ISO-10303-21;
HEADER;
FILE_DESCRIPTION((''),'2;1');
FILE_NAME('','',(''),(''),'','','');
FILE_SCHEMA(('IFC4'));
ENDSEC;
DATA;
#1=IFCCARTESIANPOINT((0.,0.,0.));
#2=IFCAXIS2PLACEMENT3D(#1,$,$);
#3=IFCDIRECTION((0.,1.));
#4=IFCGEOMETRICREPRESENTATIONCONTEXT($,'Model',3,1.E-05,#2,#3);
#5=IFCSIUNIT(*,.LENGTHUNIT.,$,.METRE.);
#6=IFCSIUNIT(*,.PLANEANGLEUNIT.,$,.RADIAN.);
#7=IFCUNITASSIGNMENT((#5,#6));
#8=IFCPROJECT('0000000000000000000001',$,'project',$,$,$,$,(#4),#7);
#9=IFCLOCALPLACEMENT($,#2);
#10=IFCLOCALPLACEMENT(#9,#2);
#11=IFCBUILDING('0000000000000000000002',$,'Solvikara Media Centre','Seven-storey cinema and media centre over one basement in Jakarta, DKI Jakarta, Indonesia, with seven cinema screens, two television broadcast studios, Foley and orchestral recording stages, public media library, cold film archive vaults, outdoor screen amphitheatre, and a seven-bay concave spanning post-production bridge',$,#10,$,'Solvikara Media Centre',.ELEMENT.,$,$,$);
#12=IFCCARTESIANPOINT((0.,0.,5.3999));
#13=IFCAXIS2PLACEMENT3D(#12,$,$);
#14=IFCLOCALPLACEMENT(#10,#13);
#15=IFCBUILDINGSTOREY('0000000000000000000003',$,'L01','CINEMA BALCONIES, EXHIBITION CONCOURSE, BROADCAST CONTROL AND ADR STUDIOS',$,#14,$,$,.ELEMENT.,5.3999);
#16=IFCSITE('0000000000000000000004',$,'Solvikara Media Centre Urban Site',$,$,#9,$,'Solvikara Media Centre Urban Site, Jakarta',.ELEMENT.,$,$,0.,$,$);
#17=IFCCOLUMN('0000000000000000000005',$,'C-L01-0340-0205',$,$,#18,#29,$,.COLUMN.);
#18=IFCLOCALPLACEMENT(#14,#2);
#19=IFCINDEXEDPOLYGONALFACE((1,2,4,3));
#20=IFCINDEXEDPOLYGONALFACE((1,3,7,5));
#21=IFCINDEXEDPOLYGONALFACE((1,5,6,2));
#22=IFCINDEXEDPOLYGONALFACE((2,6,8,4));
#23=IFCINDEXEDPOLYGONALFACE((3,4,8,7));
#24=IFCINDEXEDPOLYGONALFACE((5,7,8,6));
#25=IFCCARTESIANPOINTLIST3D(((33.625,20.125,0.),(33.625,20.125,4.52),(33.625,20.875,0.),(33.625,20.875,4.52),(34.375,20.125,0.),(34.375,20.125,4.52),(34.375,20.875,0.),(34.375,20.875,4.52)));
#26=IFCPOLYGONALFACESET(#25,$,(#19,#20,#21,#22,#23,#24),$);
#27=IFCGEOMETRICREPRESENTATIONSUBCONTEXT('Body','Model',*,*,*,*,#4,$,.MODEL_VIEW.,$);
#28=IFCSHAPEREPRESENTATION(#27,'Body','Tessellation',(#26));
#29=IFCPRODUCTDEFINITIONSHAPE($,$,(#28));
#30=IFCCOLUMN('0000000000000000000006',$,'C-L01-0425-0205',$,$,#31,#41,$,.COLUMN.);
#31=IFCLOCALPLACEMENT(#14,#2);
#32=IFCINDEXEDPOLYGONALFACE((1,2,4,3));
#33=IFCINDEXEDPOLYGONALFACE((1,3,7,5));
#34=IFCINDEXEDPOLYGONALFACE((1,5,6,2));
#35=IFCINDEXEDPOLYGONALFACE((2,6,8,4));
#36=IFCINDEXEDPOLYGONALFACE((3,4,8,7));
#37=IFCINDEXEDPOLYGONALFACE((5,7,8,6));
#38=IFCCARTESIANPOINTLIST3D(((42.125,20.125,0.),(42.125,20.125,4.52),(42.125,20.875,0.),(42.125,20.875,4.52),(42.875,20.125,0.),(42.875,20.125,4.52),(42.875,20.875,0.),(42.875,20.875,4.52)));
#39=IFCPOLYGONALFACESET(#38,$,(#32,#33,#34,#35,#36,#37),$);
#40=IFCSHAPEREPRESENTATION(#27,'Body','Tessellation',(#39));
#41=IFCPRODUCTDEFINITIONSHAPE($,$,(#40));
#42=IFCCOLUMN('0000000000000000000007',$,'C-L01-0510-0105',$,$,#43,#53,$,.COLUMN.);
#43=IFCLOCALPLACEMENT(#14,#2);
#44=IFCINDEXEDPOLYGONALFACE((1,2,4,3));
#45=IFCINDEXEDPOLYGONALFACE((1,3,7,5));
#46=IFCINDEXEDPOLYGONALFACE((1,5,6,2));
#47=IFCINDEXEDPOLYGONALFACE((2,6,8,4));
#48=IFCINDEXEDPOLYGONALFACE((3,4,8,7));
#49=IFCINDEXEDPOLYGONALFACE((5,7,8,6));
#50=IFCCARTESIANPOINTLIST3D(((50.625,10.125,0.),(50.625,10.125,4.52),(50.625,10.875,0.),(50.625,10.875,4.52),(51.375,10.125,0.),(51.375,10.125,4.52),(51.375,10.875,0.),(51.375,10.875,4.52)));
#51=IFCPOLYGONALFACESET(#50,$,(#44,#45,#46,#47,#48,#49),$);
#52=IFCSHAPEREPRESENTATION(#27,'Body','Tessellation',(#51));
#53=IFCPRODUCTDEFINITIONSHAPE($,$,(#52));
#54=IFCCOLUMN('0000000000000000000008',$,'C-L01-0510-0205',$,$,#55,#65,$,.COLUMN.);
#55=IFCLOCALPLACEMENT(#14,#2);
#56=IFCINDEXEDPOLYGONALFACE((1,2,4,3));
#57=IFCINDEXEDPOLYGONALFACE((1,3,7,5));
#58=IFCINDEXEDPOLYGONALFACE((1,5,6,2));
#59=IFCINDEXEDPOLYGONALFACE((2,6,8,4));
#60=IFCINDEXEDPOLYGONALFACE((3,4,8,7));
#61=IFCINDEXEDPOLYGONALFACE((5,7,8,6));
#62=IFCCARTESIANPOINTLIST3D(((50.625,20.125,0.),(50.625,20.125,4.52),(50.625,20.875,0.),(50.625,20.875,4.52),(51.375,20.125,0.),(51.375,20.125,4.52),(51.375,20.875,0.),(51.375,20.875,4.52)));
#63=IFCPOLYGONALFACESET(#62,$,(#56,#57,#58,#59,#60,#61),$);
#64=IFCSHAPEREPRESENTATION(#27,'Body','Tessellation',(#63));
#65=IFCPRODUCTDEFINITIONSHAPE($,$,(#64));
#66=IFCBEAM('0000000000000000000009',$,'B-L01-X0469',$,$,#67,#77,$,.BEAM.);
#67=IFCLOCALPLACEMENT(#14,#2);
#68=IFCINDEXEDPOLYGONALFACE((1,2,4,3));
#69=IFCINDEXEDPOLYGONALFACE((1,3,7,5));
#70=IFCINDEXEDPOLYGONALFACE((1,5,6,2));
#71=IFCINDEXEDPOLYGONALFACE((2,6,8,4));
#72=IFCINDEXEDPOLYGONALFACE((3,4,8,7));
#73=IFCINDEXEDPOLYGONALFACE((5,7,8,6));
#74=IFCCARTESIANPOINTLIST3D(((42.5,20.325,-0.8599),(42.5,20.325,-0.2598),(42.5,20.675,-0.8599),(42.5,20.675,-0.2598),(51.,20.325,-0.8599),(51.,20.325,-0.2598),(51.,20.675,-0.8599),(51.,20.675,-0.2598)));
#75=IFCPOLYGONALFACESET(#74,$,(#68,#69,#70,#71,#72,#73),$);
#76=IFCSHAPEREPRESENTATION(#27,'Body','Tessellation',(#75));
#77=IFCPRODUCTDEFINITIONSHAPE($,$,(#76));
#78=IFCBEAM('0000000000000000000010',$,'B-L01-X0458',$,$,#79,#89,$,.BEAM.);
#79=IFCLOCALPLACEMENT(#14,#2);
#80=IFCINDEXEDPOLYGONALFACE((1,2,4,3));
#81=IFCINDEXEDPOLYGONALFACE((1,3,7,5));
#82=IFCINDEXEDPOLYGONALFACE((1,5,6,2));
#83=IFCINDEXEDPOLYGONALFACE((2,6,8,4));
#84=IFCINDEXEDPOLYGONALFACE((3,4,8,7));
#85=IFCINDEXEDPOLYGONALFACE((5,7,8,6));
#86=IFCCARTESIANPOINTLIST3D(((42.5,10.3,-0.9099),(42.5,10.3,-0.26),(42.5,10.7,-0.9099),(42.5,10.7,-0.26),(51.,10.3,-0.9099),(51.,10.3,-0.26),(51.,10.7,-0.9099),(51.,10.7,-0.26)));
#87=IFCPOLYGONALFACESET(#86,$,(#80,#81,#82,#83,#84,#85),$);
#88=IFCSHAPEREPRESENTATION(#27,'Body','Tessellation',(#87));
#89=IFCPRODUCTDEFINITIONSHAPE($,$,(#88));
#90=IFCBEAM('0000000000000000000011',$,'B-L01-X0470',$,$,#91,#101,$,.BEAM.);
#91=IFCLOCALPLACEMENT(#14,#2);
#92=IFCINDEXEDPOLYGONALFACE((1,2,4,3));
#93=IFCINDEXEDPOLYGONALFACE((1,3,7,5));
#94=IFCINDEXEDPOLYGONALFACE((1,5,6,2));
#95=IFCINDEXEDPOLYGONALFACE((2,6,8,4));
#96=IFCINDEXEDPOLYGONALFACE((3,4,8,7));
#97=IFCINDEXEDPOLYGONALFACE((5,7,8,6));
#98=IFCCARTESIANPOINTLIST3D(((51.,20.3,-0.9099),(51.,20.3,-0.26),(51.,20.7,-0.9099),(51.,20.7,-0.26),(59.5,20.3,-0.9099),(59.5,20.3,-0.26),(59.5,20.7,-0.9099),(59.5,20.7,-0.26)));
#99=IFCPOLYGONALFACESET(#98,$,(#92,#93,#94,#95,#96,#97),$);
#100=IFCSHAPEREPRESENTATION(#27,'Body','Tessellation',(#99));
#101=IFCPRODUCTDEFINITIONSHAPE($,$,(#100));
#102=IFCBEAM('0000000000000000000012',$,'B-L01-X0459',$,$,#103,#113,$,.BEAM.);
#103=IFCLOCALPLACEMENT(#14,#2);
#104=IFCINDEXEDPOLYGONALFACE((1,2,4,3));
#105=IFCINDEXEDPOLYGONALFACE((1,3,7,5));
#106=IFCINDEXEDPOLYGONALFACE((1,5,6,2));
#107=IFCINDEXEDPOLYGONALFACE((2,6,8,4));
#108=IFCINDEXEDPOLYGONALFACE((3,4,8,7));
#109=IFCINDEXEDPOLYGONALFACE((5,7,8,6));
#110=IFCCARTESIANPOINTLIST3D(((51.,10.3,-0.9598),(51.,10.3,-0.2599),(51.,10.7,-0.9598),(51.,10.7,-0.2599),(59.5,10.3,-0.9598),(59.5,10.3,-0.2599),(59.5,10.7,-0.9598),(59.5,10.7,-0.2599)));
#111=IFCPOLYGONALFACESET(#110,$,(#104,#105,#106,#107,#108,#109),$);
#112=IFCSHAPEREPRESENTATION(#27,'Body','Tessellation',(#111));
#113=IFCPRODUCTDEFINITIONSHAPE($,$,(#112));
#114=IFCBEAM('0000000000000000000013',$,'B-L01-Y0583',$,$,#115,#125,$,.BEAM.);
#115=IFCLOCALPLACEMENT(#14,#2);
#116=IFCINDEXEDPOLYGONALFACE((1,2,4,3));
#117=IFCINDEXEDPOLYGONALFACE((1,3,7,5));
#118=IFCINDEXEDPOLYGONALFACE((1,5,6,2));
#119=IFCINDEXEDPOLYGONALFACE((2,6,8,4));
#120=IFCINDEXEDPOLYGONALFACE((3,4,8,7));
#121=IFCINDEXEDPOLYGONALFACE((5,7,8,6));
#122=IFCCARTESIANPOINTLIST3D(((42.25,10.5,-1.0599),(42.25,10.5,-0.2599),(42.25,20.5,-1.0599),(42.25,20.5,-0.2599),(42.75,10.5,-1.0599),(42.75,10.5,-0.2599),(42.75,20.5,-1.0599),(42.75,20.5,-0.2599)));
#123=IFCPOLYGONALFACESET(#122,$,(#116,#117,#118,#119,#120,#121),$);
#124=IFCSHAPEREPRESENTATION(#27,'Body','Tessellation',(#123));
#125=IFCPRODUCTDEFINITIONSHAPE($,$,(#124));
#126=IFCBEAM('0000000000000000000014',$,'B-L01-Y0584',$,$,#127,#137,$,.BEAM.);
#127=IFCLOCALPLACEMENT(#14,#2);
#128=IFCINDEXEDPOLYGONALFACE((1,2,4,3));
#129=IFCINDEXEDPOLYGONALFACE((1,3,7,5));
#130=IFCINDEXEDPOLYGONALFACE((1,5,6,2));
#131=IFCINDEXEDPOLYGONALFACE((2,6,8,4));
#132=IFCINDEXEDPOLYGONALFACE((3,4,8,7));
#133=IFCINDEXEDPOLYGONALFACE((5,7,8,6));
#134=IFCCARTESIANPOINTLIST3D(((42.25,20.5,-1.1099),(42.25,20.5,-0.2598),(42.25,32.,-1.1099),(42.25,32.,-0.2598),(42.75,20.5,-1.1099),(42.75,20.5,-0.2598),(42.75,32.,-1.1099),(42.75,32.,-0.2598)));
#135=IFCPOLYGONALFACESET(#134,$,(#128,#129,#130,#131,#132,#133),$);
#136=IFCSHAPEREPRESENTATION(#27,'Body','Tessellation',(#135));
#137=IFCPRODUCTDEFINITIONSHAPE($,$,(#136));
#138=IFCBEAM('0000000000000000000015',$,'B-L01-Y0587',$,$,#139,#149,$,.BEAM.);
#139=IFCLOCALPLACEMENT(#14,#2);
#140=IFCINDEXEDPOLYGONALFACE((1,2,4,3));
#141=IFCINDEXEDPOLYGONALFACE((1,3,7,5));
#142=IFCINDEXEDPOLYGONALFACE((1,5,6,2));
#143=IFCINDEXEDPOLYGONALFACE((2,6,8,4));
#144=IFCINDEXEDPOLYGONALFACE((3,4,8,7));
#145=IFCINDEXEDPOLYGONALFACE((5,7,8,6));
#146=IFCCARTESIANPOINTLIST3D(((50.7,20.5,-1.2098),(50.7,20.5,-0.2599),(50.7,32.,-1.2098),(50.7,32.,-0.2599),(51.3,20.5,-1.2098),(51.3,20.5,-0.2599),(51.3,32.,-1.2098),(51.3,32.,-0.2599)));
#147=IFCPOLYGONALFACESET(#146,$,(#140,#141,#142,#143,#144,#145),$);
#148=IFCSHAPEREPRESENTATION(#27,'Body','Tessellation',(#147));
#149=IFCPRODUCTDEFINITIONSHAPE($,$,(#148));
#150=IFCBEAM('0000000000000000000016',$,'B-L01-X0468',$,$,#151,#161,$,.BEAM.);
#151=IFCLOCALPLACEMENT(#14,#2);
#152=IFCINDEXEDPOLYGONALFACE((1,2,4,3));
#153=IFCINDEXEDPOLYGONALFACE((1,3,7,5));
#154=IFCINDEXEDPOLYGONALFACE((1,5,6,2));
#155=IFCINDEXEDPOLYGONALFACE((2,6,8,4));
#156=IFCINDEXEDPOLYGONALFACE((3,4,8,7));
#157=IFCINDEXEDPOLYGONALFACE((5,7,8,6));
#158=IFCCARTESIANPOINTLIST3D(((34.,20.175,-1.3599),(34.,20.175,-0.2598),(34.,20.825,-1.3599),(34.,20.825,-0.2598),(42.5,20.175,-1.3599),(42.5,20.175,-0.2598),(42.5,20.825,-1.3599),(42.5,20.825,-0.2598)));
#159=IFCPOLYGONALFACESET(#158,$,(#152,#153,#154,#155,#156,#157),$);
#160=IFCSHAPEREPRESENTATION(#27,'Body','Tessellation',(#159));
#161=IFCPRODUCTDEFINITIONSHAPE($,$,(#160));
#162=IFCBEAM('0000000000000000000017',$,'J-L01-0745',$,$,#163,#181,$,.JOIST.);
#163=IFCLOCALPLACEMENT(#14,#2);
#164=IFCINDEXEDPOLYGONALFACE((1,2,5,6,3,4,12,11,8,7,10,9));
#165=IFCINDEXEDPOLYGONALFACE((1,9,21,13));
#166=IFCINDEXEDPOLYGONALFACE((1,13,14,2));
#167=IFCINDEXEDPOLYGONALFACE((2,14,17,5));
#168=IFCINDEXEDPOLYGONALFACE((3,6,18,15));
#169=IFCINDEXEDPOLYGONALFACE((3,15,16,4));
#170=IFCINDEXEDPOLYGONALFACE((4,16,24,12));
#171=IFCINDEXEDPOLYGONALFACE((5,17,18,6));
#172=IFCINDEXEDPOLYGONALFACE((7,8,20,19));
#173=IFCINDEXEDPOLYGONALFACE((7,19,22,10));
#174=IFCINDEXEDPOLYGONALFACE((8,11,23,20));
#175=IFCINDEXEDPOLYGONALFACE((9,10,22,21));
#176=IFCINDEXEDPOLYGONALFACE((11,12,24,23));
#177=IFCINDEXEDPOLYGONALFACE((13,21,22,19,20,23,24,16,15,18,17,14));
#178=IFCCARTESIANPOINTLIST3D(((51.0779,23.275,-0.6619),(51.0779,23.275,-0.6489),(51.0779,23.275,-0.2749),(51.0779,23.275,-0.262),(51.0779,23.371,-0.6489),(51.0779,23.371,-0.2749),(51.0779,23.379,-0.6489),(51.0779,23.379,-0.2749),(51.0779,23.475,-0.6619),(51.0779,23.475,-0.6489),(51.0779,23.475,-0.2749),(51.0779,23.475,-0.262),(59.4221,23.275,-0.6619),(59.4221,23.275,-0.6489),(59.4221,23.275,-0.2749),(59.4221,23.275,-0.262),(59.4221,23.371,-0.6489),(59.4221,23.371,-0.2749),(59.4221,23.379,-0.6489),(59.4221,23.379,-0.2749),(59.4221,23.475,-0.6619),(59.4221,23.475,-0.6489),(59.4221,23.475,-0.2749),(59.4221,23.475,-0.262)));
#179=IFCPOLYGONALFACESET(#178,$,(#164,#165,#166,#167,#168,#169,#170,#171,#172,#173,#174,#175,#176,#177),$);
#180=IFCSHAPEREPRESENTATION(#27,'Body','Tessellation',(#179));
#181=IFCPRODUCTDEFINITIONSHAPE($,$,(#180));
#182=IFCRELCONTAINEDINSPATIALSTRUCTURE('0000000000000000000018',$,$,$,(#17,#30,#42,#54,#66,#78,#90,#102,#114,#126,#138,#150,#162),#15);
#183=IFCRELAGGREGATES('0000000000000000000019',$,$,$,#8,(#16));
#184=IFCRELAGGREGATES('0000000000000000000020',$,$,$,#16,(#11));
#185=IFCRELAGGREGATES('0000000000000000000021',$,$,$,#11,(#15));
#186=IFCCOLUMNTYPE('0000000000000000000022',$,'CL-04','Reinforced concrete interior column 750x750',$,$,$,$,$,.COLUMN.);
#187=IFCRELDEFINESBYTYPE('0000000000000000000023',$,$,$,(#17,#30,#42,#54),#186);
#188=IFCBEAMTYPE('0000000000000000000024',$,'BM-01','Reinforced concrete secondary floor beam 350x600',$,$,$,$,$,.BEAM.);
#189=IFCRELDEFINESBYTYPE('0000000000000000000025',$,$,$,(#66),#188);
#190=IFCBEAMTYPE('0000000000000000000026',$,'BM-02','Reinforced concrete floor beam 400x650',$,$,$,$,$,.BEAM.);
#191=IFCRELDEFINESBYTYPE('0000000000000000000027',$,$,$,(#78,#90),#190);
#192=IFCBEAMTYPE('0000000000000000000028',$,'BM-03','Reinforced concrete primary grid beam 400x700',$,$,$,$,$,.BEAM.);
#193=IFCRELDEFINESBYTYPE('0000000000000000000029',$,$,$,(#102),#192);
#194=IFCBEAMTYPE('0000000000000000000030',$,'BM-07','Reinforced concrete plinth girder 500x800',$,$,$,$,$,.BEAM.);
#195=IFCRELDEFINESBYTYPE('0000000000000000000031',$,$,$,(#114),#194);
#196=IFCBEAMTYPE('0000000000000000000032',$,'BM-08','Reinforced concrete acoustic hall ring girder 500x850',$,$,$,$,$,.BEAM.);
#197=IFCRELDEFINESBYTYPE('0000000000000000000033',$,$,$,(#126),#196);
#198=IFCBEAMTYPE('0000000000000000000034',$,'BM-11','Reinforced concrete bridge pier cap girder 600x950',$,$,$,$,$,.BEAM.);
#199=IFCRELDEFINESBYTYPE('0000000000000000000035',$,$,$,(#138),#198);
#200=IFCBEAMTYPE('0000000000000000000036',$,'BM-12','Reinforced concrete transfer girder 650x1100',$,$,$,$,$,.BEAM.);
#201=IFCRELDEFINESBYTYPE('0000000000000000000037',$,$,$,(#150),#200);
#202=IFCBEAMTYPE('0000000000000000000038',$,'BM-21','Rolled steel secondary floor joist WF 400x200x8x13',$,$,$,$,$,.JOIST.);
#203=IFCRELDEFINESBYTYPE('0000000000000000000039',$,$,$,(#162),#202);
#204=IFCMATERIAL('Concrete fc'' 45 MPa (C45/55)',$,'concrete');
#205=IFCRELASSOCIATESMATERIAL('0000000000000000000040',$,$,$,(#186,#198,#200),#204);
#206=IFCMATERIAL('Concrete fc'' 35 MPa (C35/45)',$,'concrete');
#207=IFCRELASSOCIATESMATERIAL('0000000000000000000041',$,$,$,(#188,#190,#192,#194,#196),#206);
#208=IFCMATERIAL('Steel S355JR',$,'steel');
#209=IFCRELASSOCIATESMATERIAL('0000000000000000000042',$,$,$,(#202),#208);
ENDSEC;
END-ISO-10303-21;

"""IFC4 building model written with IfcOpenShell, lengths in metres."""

from ifc_helpers import new_model, si_unit, direction, frame, origin, origin_2d, place, context, subcontext, project, spatial, rectangle, i_section, extrude, material, material_profile, profile_set, type_object, element, save


model = new_model("IFC4")

# Units and contexts
model_context = context("Model", 3, precision=1e-05, world=origin(), true_north=direction((0.0, 1.0)))
body_context = subcontext(model_context, "Body", "Model", "MODEL_VIEW")
ifc_project = project(units=[si_unit("LENGTHUNIT", "METRE"), si_unit("PLANEANGLEUNIT", "RADIAN")], contexts=[model_context])

# Site, building, storey
site_placement = place(None, origin())
site = spatial("IfcSite", under=ifc_project, at=site_placement, Name="Solvikara Media Centre Urban Site", LongName="Solvikara Media Centre Urban Site, Jakarta", CompositionType="ELEMENT", RefElevation=0.0)
building_placement = place(site_placement, origin())
building = spatial("IfcBuilding", under=site, at=building_placement, Name="Solvikara Media Centre", Description="Seven-storey cinema and media centre over one basement in Jakarta, DKI Jakarta, Indonesia, with seven cinema screens, two television broadcast studios, Foley and orchestral recording stages, public media library, cold film archive vaults, outdoor screen amphitheatre, and a seven-bay concave spanning post-production bridge", LongName="Solvikara Media Centre", CompositionType="ELEMENT")
storey_placement = place(building_placement, frame((0.0, 0.0, 5.3999)))
storey = spatial("IfcBuildingStorey", under=building, at=storey_placement, Name="L01", Description="CINEMA BALCONIES, EXHIBITION CONCOURSE, BROADCAST CONTROL AND ADR STUDIOS", CompositionType="ELEMENT", Elevation=5.3999)

# Columns
ifc_material_1 = material(Name="Concrete fc' 45 MPa (C45/55)", Category="concrete")
ifc_material_profile_1 = material_profile(ifc_material_1, rectangle(XDim=0.75, YDim=0.75, at=origin_2d()), Name="RC 750x750")
ifc_profile_set_1 = profile_set([ifc_material_profile_1], Name="Concrete fc' 45 MPa (C45/55)")
column_type = type_object("IfcColumnType", Name="CL-04", Description="Reinforced concrete interior column 750x750", PredefinedType="COLUMN", material=ifc_profile_set_1)
for number, where, z_axis, x_axis, name in (
    (1, (34.0, 20.5, 0.0), (0.0, 0.0, 1.0), (1.0, 0.0, 0.0), "C-L01-0340-0205"),
    (2, (42.5, 20.5, 0.0), (0.0, 0.0, 1.0), (1.0, 0.0, 0.0), "C-L01-0425-0205"),
    (3, (51.0, 10.5, 0.0), (0.0, 0.0, 1.0), (1.0, 0.0, 0.0), "C-L01-0510-0105"),
    (4, (51.0, 20.5, 0.0), (0.0, 0.0, 1.0), (1.0, 0.0, 0.0), "C-L01-0510-0205"),
):
    element("IfcColumn", number, at=place(storey_placement, frame(where, z_axis=z_axis, x_axis=x_axis)), inside=storey, type_object=column_type, Name=name, PredefinedType="COLUMN", context=body_context, shape_type="SweptSolid", body=[
        extrude(rectangle(XDim=0.75, YDim=0.75, at=origin_2d()), origin(), (0.0, 0.0, 1.0), 4.52),
    ])

# Beams
ifc_material_2 = material(Name="Concrete fc' 35 MPa (C35/45)", Category="concrete")
ifc_material_profile_2 = material_profile(ifc_material_2, rectangle(XDim=0.3501, YDim=0.6001, at=origin_2d()), Name="RC 350x600")
ifc_profile_set_2 = profile_set([ifc_material_profile_2], Name="Concrete fc' 35 MPa (C35/45)")
beam_type_1 = type_object("IfcBeamType", Name="BM-01", Description="Reinforced concrete secondary floor beam 350x600", PredefinedType="BEAM", material=ifc_profile_set_2)
beam_1_placement = place(storey_placement, frame((42.5, 20.5, -0.5598), z_axis=(1.0, 0.0, 0.0), x_axis=(0.0, 1.0, 0.0)))
element("IfcBeam", 5, at=beam_1_placement, inside=storey, type_object=beam_type_1, Name="B-L01-X0469", PredefinedType="BEAM", context=body_context, shape_type="SweptSolid", body=[
    extrude(rectangle(XDim=0.3501, YDim=0.6001, at=origin_2d()), origin(), (0.0, 0.0, 1.0), 8.5),
])
ifc_material_profile_3 = material_profile(ifc_material_2, rectangle(XDim=0.3999, YDim=0.6499, at=origin_2d()), Name="RC 400x650")
ifc_profile_set_3 = profile_set([ifc_material_profile_3], Name="Concrete fc' 35 MPa (C35/45)")
beam_type_2 = type_object("IfcBeamType", Name="BM-02", Description="Reinforced concrete floor beam 400x650", PredefinedType="BEAM", material=ifc_profile_set_3)
for number, where, z_axis, x_axis, name in (
    (6, (42.5, 10.5, -0.585), (1.0, 0.0, 0.0), (0.0, 1.0, 0.0), "B-L01-X0458"),
    (7, (51.0, 20.5, -0.585), (1.0, 0.0, 0.0), (0.0, 1.0, 0.0), "B-L01-X0470"),
):
    element("IfcBeam", number, at=place(storey_placement, frame(where, z_axis=z_axis, x_axis=x_axis)), inside=storey, type_object=beam_type_2, Name=name, PredefinedType="BEAM", context=body_context, shape_type="SweptSolid", body=[
        extrude(rectangle(XDim=0.3999, YDim=0.6499, at=origin_2d()), origin(), (0.0, 0.0, 1.0), 8.5),
    ])
ifc_material_profile_4 = material_profile(ifc_material_2, rectangle(XDim=0.3999, YDim=0.7, at=origin_2d()), Name="RC 400x700")
ifc_profile_set_4 = profile_set([ifc_material_profile_4], Name="Concrete fc' 35 MPa (C35/45)")
beam_type_3 = type_object("IfcBeamType", Name="BM-03", Description="Reinforced concrete primary grid beam 400x700", PredefinedType="BEAM", material=ifc_profile_set_4)
beam_2_placement = place(storey_placement, frame((51.0, 10.5, -0.6099), z_axis=(1.0, 0.0, 0.0), x_axis=(0.0, 1.0, 0.0)))
element("IfcBeam", 8, at=beam_2_placement, inside=storey, type_object=beam_type_3, Name="B-L01-X0459", PredefinedType="BEAM", context=body_context, shape_type="SweptSolid", body=[
    extrude(rectangle(XDim=0.3999, YDim=0.7, at=origin_2d()), origin(), (0.0, 0.0, 1.0), 8.5),
])
ifc_material_profile_5 = material_profile(ifc_material_2, rectangle(XDim=0.5, YDim=0.8, at=origin_2d()), Name="RC 500x800")
ifc_profile_set_5 = profile_set([ifc_material_profile_5], Name="Concrete fc' 35 MPa (C35/45)")
beam_type_4 = type_object("IfcBeamType", Name="BM-07", Description="Reinforced concrete plinth girder 500x800", PredefinedType="BEAM", material=ifc_profile_set_5)
beam_3_placement = place(storey_placement, frame((42.5, 10.5, -0.6599), z_axis=(0.0, 1.0, 0.0), x_axis=(-1.0, 0.0, 0.0)))
element("IfcBeam", 9, at=beam_3_placement, inside=storey, type_object=beam_type_4, Name="B-L01-Y0583", PredefinedType="BEAM", context=body_context, shape_type="SweptSolid", body=[
    extrude(rectangle(XDim=0.5, YDim=0.8, at=origin_2d()), origin(), (0.0, 0.0, 1.0), 10.0),
])
ifc_material_profile_6 = material_profile(ifc_material_2, rectangle(XDim=0.5, YDim=0.8501, at=origin_2d()), Name="RC 500x850")
ifc_profile_set_6 = profile_set([ifc_material_profile_6], Name="Concrete fc' 35 MPa (C35/45)")
beam_type_5 = type_object("IfcBeamType", Name="BM-08", Description="Reinforced concrete acoustic hall ring girder 500x850", PredefinedType="BEAM", material=ifc_profile_set_6)
beam_4_placement = place(storey_placement, frame((42.5, 20.5, -0.6848), z_axis=(0.0, 1.0, 0.0), x_axis=(-1.0, 0.0, 0.0)))
element("IfcBeam", 10, at=beam_4_placement, inside=storey, type_object=beam_type_5, Name="B-L01-Y0584", PredefinedType="BEAM", context=body_context, shape_type="SweptSolid", body=[
    extrude(rectangle(XDim=0.5, YDim=0.8501, at=origin_2d()), origin(), (0.0, 0.0, 1.0), 11.5),
])
ifc_material_profile_7 = material_profile(ifc_material_1, rectangle(XDim=0.6001, YDim=0.95, at=origin_2d()), Name="RC 600x950")
ifc_profile_set_7 = profile_set([ifc_material_profile_7], Name="Concrete fc' 45 MPa (C45/55)")
beam_type_6 = type_object("IfcBeamType", Name="BM-11", Description="Reinforced concrete bridge pier cap girder 600x950", PredefinedType="BEAM", material=ifc_profile_set_7)
beam_5_placement = place(storey_placement, frame((51.0, 20.5, -0.7349), z_axis=(0.0, 1.0, 0.0), x_axis=(-1.0, 0.0, 0.0)))
element("IfcBeam", 11, at=beam_5_placement, inside=storey, type_object=beam_type_6, Name="B-L01-Y0587", PredefinedType="BEAM", context=body_context, shape_type="SweptSolid", body=[
    extrude(rectangle(XDim=0.6001, YDim=0.95, at=origin_2d()), origin(), (0.0, 0.0, 1.0), 11.5),
])
ifc_material_profile_8 = material_profile(ifc_material_1, rectangle(XDim=0.6499, YDim=1.1001, at=origin_2d()), Name="RC 650x1100")
ifc_profile_set_8 = profile_set([ifc_material_profile_8], Name="Concrete fc' 45 MPa (C45/55)")
beam_type_7 = type_object("IfcBeamType", Name="BM-12", Description="Reinforced concrete transfer girder 650x1100", PredefinedType="BEAM", material=ifc_profile_set_8)
beam_6_placement = place(storey_placement, frame((34.0, 20.5, -0.8098), z_axis=(1.0, 0.0, 0.0), x_axis=(0.0, 1.0, 0.0)))
element("IfcBeam", 12, at=beam_6_placement, inside=storey, type_object=beam_type_7, Name="B-L01-X0468", PredefinedType="BEAM", context=body_context, shape_type="SweptSolid", body=[
    extrude(rectangle(XDim=0.6499, YDim=1.1001, at=origin_2d()), origin(), (0.0, 0.0, 1.0), 8.5),
])
ifc_material_3 = material(Name="Steel S355JR", Category="steel")
ifc_material_profile_9 = material_profile(ifc_material_3, i_section(OverallWidth=0.2, OverallDepth=0.3999, WebThickness=0.0081, FlangeThickness=0.0129, at=origin_2d()), Name="WF 400x200x8x13")
ifc_profile_set_9 = profile_set([ifc_material_profile_9], Name="Steel S355JR")
beam_type_8 = type_object("IfcBeamType", Name="BM-21", Description="Rolled steel secondary floor joist WF 400x200x8x13", PredefinedType="JOIST", material=ifc_profile_set_9)
beam_7_placement = place(storey_placement, frame((51.0779, 23.375, -0.4619), z_axis=(1.0, 0.0, 0.0), x_axis=(0.0, 1.0, 0.0)))
element("IfcBeam", 13, at=beam_7_placement, inside=storey, type_object=beam_type_8, Name="J-L01-0745", PredefinedType="JOIST", context=body_context, shape_type="SweptSolid", body=[
    extrude(i_section(OverallWidth=0.2, OverallDepth=0.3999, WebThickness=0.0081, FlangeThickness=0.0129, at=origin_2d()), origin(), (0.0, 0.0, 1.0), 8.3442),
])

save(model, "model.ifc")
